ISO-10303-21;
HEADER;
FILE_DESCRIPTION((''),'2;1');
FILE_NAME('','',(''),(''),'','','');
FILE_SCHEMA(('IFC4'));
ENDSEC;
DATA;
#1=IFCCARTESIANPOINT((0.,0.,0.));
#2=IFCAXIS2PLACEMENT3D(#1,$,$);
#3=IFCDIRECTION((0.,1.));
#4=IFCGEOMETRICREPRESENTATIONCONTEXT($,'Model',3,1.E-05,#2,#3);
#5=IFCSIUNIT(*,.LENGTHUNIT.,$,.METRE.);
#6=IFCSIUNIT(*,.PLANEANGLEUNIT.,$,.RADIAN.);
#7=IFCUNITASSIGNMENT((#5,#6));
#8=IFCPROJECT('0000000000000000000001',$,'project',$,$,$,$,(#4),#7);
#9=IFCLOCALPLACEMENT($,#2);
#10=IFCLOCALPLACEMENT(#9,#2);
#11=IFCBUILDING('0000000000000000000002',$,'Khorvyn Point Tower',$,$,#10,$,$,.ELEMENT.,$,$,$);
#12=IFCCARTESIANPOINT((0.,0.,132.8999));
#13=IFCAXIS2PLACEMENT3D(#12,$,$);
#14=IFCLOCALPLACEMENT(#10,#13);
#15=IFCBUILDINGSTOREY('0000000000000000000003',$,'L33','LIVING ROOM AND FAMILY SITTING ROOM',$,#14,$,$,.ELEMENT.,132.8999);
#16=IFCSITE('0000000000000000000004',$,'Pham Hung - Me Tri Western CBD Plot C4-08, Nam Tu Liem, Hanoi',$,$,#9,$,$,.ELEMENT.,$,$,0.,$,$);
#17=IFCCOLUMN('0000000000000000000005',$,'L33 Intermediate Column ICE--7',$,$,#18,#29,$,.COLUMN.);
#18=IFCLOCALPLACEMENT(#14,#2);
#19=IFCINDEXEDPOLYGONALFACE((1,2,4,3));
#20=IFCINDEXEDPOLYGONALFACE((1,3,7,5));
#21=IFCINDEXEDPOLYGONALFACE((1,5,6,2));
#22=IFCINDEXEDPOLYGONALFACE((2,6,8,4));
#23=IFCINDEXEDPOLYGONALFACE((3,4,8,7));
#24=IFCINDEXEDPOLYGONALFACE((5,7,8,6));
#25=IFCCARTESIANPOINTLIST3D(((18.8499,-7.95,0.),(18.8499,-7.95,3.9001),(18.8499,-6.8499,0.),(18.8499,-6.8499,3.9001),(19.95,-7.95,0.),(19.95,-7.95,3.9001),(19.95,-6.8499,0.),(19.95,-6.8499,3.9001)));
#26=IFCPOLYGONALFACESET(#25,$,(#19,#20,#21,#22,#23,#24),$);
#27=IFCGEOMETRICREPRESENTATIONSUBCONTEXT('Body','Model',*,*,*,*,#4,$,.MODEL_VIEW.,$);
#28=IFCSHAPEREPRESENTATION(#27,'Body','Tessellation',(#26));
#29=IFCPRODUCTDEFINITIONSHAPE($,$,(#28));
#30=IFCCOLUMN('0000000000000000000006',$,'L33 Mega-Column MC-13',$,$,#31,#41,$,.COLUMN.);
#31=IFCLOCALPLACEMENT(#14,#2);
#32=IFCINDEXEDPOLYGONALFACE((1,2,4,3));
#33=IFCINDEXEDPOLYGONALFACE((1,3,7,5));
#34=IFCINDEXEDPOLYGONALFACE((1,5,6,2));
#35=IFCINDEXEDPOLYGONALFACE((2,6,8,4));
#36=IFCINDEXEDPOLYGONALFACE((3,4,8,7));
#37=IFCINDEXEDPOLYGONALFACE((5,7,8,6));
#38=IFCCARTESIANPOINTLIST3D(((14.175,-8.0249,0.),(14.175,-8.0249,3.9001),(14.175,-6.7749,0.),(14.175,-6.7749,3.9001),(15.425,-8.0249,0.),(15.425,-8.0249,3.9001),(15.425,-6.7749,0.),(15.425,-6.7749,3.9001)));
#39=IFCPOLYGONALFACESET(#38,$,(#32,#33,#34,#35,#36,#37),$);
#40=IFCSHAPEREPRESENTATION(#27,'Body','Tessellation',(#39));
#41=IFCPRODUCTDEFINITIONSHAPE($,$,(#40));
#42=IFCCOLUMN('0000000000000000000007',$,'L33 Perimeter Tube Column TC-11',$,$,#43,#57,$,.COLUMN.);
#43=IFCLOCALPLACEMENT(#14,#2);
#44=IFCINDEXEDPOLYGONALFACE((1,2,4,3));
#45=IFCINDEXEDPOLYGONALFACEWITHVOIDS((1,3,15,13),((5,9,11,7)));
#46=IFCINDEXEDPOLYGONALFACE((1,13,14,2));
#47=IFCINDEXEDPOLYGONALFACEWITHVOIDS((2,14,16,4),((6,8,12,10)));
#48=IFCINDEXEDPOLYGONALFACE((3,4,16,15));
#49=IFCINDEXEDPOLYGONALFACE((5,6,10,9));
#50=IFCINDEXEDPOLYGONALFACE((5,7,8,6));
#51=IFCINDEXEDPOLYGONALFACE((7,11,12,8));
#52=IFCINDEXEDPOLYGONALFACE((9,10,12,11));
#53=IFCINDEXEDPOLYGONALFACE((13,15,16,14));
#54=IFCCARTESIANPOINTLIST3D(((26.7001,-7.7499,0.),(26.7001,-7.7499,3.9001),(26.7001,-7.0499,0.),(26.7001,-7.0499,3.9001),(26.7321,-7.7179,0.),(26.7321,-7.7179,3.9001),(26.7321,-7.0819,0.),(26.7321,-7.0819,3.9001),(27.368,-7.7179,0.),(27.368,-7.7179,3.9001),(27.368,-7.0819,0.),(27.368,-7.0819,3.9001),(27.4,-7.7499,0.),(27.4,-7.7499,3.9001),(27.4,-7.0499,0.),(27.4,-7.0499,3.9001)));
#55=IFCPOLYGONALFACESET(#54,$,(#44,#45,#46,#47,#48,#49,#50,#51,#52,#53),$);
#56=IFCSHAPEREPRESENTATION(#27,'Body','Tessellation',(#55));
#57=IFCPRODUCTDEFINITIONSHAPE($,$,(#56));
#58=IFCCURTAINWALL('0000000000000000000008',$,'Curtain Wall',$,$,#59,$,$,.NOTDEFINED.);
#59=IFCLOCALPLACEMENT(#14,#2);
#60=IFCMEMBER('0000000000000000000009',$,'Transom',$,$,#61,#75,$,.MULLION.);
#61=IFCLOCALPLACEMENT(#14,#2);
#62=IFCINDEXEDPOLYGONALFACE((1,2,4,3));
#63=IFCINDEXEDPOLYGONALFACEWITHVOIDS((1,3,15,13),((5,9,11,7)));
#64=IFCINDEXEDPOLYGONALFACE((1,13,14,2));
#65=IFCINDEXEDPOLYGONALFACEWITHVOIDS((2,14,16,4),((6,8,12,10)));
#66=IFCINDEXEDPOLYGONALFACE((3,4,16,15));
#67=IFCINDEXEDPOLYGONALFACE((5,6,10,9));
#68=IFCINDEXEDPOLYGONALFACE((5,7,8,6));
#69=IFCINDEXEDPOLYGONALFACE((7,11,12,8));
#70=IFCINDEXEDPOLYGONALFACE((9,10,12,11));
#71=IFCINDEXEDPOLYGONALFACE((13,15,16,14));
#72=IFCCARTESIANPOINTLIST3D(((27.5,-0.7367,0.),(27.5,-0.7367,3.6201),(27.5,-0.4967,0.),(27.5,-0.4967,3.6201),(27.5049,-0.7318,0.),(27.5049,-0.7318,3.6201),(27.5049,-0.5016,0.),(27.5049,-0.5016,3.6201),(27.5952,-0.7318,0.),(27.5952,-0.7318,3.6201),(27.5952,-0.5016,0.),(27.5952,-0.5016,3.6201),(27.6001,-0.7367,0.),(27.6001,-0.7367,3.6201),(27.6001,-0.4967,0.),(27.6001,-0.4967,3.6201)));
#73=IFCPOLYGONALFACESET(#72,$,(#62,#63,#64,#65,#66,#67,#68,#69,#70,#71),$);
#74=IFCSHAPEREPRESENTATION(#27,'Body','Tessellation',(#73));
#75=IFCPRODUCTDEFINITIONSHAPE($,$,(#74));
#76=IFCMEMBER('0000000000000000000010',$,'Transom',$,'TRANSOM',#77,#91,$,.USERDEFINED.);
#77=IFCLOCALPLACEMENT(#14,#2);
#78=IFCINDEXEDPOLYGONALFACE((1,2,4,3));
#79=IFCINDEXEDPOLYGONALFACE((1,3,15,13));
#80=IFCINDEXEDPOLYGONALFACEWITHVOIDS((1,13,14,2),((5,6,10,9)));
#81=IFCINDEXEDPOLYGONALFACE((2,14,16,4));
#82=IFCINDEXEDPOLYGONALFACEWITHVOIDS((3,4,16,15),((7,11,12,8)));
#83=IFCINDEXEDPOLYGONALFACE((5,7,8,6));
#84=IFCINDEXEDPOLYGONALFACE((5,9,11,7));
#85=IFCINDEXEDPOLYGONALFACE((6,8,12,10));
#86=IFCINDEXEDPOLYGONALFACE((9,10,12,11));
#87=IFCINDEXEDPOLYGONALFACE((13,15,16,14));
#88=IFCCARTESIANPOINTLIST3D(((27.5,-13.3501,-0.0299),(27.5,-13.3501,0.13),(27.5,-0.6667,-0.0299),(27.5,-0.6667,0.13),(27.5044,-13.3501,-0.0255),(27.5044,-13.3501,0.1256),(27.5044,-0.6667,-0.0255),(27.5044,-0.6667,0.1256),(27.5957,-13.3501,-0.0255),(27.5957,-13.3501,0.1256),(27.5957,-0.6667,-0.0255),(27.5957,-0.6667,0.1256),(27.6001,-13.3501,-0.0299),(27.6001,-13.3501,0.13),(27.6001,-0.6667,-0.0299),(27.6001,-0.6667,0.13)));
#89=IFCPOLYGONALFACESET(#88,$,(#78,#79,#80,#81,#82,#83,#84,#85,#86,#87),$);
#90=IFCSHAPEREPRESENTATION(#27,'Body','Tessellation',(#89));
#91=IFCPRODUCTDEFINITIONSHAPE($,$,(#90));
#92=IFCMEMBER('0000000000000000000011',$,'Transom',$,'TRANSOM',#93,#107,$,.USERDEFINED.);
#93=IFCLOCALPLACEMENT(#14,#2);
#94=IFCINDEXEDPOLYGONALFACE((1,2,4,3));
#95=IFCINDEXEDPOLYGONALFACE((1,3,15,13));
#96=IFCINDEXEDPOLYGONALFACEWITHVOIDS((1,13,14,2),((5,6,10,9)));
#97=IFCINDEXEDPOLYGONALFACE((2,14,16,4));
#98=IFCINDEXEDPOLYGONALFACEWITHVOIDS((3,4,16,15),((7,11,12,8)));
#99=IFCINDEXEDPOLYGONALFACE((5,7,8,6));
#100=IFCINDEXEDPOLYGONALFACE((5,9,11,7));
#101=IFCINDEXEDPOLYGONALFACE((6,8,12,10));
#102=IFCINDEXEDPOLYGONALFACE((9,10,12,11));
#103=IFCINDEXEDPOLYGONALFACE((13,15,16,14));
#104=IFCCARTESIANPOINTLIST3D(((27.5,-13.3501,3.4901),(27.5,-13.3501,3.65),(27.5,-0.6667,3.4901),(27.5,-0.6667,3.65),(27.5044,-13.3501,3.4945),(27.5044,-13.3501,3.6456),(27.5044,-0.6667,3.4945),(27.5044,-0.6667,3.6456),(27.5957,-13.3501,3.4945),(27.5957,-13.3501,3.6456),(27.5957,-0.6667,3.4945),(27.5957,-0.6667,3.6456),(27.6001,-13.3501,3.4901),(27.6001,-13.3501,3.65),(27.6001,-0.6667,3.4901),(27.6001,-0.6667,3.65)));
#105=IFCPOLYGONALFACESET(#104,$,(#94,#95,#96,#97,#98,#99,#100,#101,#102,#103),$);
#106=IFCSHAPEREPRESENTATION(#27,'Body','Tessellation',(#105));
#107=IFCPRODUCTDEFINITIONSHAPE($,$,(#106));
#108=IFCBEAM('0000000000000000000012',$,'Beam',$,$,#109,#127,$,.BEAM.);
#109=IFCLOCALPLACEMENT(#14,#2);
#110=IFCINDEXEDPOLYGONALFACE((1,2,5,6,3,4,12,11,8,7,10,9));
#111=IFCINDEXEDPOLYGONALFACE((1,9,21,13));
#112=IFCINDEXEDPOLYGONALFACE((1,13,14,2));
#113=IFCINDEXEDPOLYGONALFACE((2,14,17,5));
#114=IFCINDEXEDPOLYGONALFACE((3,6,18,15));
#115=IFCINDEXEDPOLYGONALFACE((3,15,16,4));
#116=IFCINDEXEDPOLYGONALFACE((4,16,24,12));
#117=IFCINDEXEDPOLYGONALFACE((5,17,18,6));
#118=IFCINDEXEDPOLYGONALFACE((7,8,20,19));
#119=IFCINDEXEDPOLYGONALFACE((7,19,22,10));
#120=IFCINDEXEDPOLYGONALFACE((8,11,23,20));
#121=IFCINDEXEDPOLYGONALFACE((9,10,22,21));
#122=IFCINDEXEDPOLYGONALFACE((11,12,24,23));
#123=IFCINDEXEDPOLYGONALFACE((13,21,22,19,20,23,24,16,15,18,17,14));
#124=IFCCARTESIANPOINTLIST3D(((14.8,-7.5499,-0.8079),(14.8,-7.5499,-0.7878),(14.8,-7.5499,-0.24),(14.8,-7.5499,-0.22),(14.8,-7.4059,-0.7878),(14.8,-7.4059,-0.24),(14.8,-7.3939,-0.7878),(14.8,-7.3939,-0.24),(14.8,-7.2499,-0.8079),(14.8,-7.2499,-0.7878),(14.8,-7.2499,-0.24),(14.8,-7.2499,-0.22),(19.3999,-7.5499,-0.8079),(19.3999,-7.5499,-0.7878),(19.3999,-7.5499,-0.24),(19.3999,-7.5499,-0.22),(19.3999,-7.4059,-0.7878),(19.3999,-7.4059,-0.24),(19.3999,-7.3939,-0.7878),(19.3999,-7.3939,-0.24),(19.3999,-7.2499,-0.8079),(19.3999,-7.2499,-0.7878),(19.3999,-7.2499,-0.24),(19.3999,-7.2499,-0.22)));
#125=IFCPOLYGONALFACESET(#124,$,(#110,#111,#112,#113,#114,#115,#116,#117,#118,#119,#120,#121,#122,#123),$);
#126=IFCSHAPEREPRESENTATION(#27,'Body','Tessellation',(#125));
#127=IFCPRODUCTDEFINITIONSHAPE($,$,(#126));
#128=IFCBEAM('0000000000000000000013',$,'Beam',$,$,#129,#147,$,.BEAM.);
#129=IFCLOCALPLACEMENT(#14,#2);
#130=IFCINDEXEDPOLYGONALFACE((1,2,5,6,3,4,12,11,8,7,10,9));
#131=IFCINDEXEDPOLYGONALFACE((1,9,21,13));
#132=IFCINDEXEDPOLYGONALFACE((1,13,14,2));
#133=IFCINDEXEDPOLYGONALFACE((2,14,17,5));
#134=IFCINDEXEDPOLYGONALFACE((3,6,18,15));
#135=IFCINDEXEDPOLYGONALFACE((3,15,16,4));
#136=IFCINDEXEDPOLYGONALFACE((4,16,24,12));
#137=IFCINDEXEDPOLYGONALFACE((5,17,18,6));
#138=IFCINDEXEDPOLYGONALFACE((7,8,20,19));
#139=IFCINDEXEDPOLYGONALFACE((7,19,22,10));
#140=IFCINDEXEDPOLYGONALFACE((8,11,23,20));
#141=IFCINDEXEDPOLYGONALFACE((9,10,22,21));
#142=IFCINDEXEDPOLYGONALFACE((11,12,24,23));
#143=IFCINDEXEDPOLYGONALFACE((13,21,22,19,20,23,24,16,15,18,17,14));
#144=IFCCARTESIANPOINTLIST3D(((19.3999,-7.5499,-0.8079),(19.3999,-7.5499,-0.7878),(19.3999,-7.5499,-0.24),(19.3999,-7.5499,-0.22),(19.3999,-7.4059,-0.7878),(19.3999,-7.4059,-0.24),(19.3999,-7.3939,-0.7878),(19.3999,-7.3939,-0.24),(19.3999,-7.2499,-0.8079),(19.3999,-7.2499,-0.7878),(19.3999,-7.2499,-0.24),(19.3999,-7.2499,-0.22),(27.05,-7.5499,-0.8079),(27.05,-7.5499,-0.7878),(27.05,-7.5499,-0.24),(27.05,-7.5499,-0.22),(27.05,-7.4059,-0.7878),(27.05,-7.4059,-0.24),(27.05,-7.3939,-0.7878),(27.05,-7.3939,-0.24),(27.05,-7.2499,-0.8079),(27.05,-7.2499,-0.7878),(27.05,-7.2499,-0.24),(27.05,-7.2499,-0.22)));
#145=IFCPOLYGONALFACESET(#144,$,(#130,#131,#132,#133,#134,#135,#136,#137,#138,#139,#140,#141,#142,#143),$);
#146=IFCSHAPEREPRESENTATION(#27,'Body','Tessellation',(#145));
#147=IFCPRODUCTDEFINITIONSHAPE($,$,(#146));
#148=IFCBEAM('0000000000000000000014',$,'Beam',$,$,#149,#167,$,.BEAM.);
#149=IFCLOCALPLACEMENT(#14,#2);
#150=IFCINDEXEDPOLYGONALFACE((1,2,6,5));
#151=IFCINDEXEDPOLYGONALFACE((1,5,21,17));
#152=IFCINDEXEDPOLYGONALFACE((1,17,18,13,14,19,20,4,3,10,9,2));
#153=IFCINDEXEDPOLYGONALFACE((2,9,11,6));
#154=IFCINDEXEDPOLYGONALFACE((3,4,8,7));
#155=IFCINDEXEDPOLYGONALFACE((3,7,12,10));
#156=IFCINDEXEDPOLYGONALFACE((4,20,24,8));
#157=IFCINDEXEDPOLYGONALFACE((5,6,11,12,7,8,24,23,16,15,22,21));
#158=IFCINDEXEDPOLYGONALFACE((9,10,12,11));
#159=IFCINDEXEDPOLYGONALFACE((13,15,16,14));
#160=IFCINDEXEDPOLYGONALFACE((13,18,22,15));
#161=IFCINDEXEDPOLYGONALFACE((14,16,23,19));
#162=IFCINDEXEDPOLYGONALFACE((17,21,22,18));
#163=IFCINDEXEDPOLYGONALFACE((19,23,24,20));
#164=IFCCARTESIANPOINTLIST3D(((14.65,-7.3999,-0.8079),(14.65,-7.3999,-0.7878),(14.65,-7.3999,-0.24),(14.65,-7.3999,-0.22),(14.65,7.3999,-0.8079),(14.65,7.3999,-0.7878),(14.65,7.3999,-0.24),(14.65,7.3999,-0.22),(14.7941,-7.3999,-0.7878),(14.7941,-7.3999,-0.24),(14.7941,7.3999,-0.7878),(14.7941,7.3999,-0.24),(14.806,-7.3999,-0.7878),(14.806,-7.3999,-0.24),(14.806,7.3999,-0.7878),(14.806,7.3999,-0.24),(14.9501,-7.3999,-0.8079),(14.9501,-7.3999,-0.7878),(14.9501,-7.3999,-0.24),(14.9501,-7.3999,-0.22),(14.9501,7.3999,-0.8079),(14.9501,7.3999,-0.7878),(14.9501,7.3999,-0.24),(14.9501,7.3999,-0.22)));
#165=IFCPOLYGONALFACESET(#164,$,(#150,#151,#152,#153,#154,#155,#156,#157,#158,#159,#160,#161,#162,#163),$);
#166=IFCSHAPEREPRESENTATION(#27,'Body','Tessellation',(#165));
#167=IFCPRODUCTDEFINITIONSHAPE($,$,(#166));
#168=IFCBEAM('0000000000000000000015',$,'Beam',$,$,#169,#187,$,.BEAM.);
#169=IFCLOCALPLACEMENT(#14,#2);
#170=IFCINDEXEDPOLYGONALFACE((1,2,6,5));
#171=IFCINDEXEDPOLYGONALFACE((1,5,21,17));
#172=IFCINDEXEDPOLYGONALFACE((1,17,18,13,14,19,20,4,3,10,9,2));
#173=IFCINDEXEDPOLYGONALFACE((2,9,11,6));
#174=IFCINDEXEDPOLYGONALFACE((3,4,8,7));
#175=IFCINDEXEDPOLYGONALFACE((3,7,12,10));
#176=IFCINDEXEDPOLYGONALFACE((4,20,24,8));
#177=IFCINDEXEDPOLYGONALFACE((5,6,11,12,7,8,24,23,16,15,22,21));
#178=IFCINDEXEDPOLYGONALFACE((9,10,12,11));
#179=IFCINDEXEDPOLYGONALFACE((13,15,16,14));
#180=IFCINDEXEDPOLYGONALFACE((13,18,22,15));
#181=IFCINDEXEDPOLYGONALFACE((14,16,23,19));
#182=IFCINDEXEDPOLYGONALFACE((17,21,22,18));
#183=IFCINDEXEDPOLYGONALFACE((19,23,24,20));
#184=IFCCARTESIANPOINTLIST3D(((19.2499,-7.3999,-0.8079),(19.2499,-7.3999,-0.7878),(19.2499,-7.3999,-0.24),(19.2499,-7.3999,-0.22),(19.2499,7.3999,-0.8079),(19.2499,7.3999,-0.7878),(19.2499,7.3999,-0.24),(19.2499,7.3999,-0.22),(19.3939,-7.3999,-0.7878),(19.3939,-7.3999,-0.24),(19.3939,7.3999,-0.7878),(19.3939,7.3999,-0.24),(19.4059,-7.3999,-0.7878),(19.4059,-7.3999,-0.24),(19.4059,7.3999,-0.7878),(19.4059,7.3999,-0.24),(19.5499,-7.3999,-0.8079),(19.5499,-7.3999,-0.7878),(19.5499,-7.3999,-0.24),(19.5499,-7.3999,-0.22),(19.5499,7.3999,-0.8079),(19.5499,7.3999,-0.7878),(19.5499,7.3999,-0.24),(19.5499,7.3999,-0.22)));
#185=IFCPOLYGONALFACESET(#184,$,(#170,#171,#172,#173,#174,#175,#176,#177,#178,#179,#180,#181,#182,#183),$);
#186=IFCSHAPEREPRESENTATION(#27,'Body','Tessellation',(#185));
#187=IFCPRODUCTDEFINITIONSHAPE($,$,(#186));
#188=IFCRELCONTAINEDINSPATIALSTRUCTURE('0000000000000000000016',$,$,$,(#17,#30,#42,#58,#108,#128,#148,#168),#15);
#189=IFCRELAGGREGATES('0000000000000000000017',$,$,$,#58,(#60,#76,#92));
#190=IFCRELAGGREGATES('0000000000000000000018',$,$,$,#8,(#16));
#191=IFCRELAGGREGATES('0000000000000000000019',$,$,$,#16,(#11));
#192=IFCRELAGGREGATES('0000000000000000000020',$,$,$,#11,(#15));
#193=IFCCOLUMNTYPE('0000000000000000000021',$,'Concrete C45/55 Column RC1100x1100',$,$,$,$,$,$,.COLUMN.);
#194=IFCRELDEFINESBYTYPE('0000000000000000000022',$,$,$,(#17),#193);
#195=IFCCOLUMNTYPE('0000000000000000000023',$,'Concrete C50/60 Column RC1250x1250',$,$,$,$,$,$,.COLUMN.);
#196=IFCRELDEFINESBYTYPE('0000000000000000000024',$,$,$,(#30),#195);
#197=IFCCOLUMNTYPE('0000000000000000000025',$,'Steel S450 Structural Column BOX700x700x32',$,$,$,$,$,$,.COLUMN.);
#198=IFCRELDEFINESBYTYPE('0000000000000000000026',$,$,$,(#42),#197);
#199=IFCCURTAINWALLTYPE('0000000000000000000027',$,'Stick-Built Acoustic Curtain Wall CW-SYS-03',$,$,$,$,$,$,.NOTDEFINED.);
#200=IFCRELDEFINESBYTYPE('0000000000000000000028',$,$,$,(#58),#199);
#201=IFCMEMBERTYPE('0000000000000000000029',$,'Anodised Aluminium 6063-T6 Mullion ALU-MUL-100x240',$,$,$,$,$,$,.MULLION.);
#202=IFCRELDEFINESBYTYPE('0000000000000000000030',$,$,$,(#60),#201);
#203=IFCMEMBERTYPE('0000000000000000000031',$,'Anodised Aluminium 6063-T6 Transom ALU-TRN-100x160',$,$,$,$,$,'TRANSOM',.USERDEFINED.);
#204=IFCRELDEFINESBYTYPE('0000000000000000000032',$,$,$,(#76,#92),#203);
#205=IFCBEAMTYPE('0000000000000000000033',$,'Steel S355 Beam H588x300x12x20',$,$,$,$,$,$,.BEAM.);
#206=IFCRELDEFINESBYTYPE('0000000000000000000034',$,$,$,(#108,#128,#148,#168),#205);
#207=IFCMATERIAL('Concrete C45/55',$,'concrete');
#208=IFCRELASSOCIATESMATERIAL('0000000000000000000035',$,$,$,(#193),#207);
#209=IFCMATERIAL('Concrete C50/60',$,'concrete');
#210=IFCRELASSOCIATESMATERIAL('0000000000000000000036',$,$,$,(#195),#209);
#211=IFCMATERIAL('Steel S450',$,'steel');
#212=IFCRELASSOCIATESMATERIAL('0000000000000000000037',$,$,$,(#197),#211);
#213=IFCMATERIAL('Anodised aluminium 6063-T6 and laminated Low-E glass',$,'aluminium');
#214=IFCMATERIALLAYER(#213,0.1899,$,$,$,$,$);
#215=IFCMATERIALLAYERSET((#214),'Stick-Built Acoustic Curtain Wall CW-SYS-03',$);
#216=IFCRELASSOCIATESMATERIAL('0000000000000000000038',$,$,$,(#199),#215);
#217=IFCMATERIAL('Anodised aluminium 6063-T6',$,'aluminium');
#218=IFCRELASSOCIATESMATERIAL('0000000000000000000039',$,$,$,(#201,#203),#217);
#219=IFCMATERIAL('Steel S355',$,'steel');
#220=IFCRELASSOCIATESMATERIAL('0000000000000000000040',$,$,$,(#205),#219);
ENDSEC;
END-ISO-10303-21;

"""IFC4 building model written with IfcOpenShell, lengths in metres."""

from ifc_helpers import new_model, si_unit, direction, frame, origin, origin_2d, place, context, subcontext, project, spatial, rectangle, hollow_rectangle, i_section, extrude, material, layer, layer_set, material_profile, profile_set, type_object, element, aggregate, save


model = new_model("IFC4")

# Units and contexts
model_context = context("Model", 3, precision=1e-05, world=origin(), true_north=direction((0.0, 1.0)))
body_context = subcontext(model_context, "Body", "Model", "MODEL_VIEW")
ifc_project = project(units=[si_unit("LENGTHUNIT", "METRE"), si_unit("PLANEANGLEUNIT", "RADIAN")], contexts=[model_context])

# Site, building, storey
site_placement = place(None, origin())
site = spatial("IfcSite", under=ifc_project, at=site_placement, Name="Pham Hung - Me Tri Western CBD Plot C4-08, Nam Tu Liem, Hanoi", CompositionType="ELEMENT", RefElevation=0.0)
building_placement = place(site_placement, origin())
building = spatial("IfcBuilding", under=site, at=building_placement, Name="Khorvyn Point Tower", CompositionType="ELEMENT")
storey_placement = place(building_placement, frame((0.0, 0.0, 132.8999)))
storey = spatial("IfcBuildingStorey", under=building, at=storey_placement, Name="L33", Description="LIVING ROOM AND FAMILY SITTING ROOM", CompositionType="ELEMENT", Elevation=132.8999)

# Columns
ifc_material_1 = material(Name="Concrete C45/55", Category="concrete")
ifc_material_profile_1 = material_profile(ifc_material_1, rectangle(XDim=1.1001, YDim=1.1001, at=origin_2d()))
ifc_profile_set_1 = profile_set([ifc_material_profile_1], Name="Concrete C45/55 RC1100x1100")
column_type_1 = type_object("IfcColumnType", Name="Concrete C45/55 Column RC1100x1100", PredefinedType="COLUMN", material=ifc_profile_set_1)
column_1_placement = place(storey_placement, frame((19.3999, -7.3999, 0.0), z_axis=(0.0, 0.0, 1.0), x_axis=(1.0, 0.0, 0.0)))
element("IfcColumn", 1, at=column_1_placement, inside=storey, type_object=column_type_1, Name="L33 Intermediate Column ICE--7", PredefinedType="COLUMN", context=body_context, shape_type="SweptSolid", body=[
    extrude(rectangle(XDim=1.1001, YDim=1.1001, at=origin_2d()), origin(), (0.0, 0.0, 1.0), 3.9001),
])
ifc_material_2 = material(Name="Concrete C50/60", Category="concrete")
ifc_material_profile_2 = material_profile(ifc_material_2, rectangle(XDim=1.25, YDim=1.25, at=origin_2d()))
ifc_profile_set_2 = profile_set([ifc_material_profile_2], Name="Concrete C50/60 RC1250x1250")
column_type_2 = type_object("IfcColumnType", Name="Concrete C50/60 Column RC1250x1250", PredefinedType="COLUMN", material=ifc_profile_set_2)
column_2_placement = place(storey_placement, frame((14.8, -7.3999, 0.0), z_axis=(0.0, 0.0, 1.0), x_axis=(1.0, 0.0, 0.0)))
element("IfcColumn", 2, at=column_2_placement, inside=storey, type_object=column_type_2, Name="L33 Mega-Column MC-13", PredefinedType="COLUMN", context=body_context, shape_type="SweptSolid", body=[
    extrude(rectangle(XDim=1.25, YDim=1.25, at=origin_2d()), origin(), (0.0, 0.0, 1.0), 3.9001),
])
ifc_material_3 = material(Name="Steel S450", Category="steel")
ifc_material_profile_3 = material_profile(ifc_material_3, hollow_rectangle(XDim=0.7, YDim=0.7, WallThickness=0.032, at=origin_2d()))
ifc_profile_set_3 = profile_set([ifc_material_profile_3], Name="Steel S450 BOX700x700x32")
column_type_3 = type_object("IfcColumnType", Name="Steel S450 Structural Column BOX700x700x32", PredefinedType="COLUMN", material=ifc_profile_set_3)
column_3_placement = place(storey_placement, frame((27.05, -7.3999, 0.0), z_axis=(0.0, 0.0, 1.0), x_axis=(1.0, 0.0, 0.0)))
element("IfcColumn", 3, at=column_3_placement, inside=storey, type_object=column_type_3, Name="L33 Perimeter Tube Column TC-11", PredefinedType="COLUMN", context=body_context, shape_type="SweptSolid", body=[
    extrude(hollow_rectangle(XDim=0.7, YDim=0.7, WallThickness=0.032, at=origin_2d()), origin(), (0.0, 0.0, 1.0), 3.9001),
])

# Curtain wall, members
ifc_material_4 = material(Name="Anodised aluminium 6063-T6 and laminated Low-E glass", Category="aluminium")
ifc_layer_1 = layer(ifc_material_4, 0.1899)
ifc_layer_set_1 = layer_set([ifc_layer_1], Name="Stick-Built Acoustic Curtain Wall CW-SYS-03")
curtain_wall_type = type_object("IfcCurtainWallType", Name="Stick-Built Acoustic Curtain Wall CW-SYS-03", PredefinedType="NOTDEFINED", material=ifc_layer_set_1)
curtain_wall_placement = place(storey_placement, origin())
curtain_wall = element("IfcCurtainWall", 4, at=curtain_wall_placement, inside=storey, type_object=curtain_wall_type, Name="Curtain Wall", PredefinedType="NOTDEFINED")
ifc_material_5 = material(Name="Anodised aluminium 6063-T6", Category="aluminium")
ifc_material_profile_4 = material_profile(ifc_material_5, hollow_rectangle(XDim=0.1001, YDim=0.24, WallThickness=0.0049, at=origin_2d()))
ifc_profile_set_4 = profile_set([ifc_material_profile_4], Name="Anodised aluminium 6063-T6 ALU-MUL-100x240")
member_type_1 = type_object("IfcMemberType", Name="Anodised Aluminium 6063-T6 Mullion ALU-MUL-100x240", PredefinedType="MULLION", material=ifc_profile_set_4)
member_1_placement = place(storey_placement, frame((27.55, -0.6167, 0.0), z_axis=(0.0, 0.0, 1.0), x_axis=(1.0, 0.0, 0.0)))
member_1 = element("IfcMember", 5, at=member_1_placement, type_object=member_type_1, Name="Transom", PredefinedType="MULLION", context=body_context, shape_type="SweptSolid", body=[
    extrude(hollow_rectangle(XDim=0.1001, YDim=0.24, WallThickness=0.0049, at=origin_2d()), origin(), (0.0, 0.0, 1.0), 3.6201),
])
ifc_material_profile_5 = material_profile(ifc_material_5, hollow_rectangle(XDim=0.1001, YDim=0.1599, WallThickness=0.0044, at=origin_2d()))
ifc_profile_set_5 = profile_set([ifc_material_profile_5], Name="Anodised aluminium 6063-T6 ALU-TRN-100x160")
member_type_2 = type_object("IfcMemberType", Name="Anodised Aluminium 6063-T6 Transom ALU-TRN-100x160", ElementType="TRANSOM", PredefinedType="USERDEFINED", material=ifc_profile_set_5)
member_2_placement = place(storey_placement, frame((27.55, -0.6667, 0.05), z_axis=(0.0, -1.0, 0.0), x_axis=(1.0, 0.0, 0.0)))
member_2 = element("IfcMember", 6, at=member_2_placement, type_object=member_type_2, Name="Transom", ObjectType="TRANSOM", PredefinedType="USERDEFINED", context=body_context, shape_type="SweptSolid", body=[
    extrude(hollow_rectangle(XDim=0.1001, YDim=0.1599, WallThickness=0.0044, at=origin_2d()), origin(), (0.0, 0.0, 1.0), 12.6833),
])
member_3_placement = place(storey_placement, frame((27.55, -0.6667, 3.5701), z_axis=(0.0, -1.0, 0.0), x_axis=(1.0, 0.0, 0.0)))
member_3 = element("IfcMember", 7, at=member_3_placement, type_object=member_type_2, Name="Transom", ObjectType="TRANSOM", PredefinedType="USERDEFINED", context=body_context, shape_type="SweptSolid", body=[
    extrude(hollow_rectangle(XDim=0.1001, YDim=0.1599, WallThickness=0.0044, at=origin_2d()), origin(), (0.0, 0.0, 1.0), 12.6833),
])

# Beams
ifc_material_6 = material(Name="Steel S355", Category="steel")
ifc_material_profile_6 = material_profile(ifc_material_6, i_section(OverallWidth=0.3, OverallDepth=0.5879, WebThickness=0.012, FlangeThickness=0.02, at=origin_2d()))
ifc_profile_set_6 = profile_set([ifc_material_profile_6], Name="Steel S355 H588x300x12x20")
beam_type_1 = type_object("IfcBeamType", Name="Steel S355 Beam H588x300x12x20", PredefinedType="BEAM", material=ifc_profile_set_6)
beam_1_placement = place(storey_placement, frame((14.8, -7.3999, -0.5139), z_axis=(1.0, 0.0, 0.0), x_axis=(0.0, 1.0, 0.0)))
element("IfcBeam", 8, at=beam_1_placement, inside=storey, type_object=beam_type_1, Name="Beam", PredefinedType="BEAM", context=body_context, shape_type="SweptSolid", body=[
    extrude(i_section(OverallWidth=0.3, OverallDepth=0.5879, WebThickness=0.012, FlangeThickness=0.02, at=origin_2d()), origin(), (0.0, 0.0, 1.0), 4.5999),
])
beam_2_placement = place(storey_placement, frame((19.3999, -7.3999, -0.5139), z_axis=(1.0, 0.0, 0.0), x_axis=(0.0, 1.0, 0.0)))
element("IfcBeam", 9, at=beam_2_placement, inside=storey, type_object=beam_type_1, Name="Beam", PredefinedType="BEAM", context=body_context, shape_type="SweptSolid", body=[
    extrude(i_section(OverallWidth=0.3, OverallDepth=0.5879, WebThickness=0.012, FlangeThickness=0.02, at=origin_2d()), origin(), (0.0, 0.0, 1.0), 7.6501),
])
for number, where, z_axis, x_axis, name in (
    (10, (14.8, -7.3999, -0.5139), (0.0, 1.0, 0.0), (-1.0, 0.0, 0.0), "Beam"),
    (11, (19.3999, -7.3999, -0.5139), (0.0, 1.0, 0.0), (-1.0, 0.0, 0.0), "Beam"),
):
    element("IfcBeam", number, at=place(storey_placement, frame(where, z_axis=z_axis, x_axis=x_axis)), inside=storey, type_object=beam_type_1, Name=name, PredefinedType="BEAM", context=body_context, shape_type="SweptSolid", body=[
        extrude(i_section(OverallWidth=0.3, OverallDepth=0.5879, WebThickness=0.012, FlangeThickness=0.02, at=origin_2d()), origin(), (0.0, 0.0, 1.0), 14.7998),
    ])

aggregate(curtain_wall, [member_1, member_2, member_3])

save(model, "model.ifc")
